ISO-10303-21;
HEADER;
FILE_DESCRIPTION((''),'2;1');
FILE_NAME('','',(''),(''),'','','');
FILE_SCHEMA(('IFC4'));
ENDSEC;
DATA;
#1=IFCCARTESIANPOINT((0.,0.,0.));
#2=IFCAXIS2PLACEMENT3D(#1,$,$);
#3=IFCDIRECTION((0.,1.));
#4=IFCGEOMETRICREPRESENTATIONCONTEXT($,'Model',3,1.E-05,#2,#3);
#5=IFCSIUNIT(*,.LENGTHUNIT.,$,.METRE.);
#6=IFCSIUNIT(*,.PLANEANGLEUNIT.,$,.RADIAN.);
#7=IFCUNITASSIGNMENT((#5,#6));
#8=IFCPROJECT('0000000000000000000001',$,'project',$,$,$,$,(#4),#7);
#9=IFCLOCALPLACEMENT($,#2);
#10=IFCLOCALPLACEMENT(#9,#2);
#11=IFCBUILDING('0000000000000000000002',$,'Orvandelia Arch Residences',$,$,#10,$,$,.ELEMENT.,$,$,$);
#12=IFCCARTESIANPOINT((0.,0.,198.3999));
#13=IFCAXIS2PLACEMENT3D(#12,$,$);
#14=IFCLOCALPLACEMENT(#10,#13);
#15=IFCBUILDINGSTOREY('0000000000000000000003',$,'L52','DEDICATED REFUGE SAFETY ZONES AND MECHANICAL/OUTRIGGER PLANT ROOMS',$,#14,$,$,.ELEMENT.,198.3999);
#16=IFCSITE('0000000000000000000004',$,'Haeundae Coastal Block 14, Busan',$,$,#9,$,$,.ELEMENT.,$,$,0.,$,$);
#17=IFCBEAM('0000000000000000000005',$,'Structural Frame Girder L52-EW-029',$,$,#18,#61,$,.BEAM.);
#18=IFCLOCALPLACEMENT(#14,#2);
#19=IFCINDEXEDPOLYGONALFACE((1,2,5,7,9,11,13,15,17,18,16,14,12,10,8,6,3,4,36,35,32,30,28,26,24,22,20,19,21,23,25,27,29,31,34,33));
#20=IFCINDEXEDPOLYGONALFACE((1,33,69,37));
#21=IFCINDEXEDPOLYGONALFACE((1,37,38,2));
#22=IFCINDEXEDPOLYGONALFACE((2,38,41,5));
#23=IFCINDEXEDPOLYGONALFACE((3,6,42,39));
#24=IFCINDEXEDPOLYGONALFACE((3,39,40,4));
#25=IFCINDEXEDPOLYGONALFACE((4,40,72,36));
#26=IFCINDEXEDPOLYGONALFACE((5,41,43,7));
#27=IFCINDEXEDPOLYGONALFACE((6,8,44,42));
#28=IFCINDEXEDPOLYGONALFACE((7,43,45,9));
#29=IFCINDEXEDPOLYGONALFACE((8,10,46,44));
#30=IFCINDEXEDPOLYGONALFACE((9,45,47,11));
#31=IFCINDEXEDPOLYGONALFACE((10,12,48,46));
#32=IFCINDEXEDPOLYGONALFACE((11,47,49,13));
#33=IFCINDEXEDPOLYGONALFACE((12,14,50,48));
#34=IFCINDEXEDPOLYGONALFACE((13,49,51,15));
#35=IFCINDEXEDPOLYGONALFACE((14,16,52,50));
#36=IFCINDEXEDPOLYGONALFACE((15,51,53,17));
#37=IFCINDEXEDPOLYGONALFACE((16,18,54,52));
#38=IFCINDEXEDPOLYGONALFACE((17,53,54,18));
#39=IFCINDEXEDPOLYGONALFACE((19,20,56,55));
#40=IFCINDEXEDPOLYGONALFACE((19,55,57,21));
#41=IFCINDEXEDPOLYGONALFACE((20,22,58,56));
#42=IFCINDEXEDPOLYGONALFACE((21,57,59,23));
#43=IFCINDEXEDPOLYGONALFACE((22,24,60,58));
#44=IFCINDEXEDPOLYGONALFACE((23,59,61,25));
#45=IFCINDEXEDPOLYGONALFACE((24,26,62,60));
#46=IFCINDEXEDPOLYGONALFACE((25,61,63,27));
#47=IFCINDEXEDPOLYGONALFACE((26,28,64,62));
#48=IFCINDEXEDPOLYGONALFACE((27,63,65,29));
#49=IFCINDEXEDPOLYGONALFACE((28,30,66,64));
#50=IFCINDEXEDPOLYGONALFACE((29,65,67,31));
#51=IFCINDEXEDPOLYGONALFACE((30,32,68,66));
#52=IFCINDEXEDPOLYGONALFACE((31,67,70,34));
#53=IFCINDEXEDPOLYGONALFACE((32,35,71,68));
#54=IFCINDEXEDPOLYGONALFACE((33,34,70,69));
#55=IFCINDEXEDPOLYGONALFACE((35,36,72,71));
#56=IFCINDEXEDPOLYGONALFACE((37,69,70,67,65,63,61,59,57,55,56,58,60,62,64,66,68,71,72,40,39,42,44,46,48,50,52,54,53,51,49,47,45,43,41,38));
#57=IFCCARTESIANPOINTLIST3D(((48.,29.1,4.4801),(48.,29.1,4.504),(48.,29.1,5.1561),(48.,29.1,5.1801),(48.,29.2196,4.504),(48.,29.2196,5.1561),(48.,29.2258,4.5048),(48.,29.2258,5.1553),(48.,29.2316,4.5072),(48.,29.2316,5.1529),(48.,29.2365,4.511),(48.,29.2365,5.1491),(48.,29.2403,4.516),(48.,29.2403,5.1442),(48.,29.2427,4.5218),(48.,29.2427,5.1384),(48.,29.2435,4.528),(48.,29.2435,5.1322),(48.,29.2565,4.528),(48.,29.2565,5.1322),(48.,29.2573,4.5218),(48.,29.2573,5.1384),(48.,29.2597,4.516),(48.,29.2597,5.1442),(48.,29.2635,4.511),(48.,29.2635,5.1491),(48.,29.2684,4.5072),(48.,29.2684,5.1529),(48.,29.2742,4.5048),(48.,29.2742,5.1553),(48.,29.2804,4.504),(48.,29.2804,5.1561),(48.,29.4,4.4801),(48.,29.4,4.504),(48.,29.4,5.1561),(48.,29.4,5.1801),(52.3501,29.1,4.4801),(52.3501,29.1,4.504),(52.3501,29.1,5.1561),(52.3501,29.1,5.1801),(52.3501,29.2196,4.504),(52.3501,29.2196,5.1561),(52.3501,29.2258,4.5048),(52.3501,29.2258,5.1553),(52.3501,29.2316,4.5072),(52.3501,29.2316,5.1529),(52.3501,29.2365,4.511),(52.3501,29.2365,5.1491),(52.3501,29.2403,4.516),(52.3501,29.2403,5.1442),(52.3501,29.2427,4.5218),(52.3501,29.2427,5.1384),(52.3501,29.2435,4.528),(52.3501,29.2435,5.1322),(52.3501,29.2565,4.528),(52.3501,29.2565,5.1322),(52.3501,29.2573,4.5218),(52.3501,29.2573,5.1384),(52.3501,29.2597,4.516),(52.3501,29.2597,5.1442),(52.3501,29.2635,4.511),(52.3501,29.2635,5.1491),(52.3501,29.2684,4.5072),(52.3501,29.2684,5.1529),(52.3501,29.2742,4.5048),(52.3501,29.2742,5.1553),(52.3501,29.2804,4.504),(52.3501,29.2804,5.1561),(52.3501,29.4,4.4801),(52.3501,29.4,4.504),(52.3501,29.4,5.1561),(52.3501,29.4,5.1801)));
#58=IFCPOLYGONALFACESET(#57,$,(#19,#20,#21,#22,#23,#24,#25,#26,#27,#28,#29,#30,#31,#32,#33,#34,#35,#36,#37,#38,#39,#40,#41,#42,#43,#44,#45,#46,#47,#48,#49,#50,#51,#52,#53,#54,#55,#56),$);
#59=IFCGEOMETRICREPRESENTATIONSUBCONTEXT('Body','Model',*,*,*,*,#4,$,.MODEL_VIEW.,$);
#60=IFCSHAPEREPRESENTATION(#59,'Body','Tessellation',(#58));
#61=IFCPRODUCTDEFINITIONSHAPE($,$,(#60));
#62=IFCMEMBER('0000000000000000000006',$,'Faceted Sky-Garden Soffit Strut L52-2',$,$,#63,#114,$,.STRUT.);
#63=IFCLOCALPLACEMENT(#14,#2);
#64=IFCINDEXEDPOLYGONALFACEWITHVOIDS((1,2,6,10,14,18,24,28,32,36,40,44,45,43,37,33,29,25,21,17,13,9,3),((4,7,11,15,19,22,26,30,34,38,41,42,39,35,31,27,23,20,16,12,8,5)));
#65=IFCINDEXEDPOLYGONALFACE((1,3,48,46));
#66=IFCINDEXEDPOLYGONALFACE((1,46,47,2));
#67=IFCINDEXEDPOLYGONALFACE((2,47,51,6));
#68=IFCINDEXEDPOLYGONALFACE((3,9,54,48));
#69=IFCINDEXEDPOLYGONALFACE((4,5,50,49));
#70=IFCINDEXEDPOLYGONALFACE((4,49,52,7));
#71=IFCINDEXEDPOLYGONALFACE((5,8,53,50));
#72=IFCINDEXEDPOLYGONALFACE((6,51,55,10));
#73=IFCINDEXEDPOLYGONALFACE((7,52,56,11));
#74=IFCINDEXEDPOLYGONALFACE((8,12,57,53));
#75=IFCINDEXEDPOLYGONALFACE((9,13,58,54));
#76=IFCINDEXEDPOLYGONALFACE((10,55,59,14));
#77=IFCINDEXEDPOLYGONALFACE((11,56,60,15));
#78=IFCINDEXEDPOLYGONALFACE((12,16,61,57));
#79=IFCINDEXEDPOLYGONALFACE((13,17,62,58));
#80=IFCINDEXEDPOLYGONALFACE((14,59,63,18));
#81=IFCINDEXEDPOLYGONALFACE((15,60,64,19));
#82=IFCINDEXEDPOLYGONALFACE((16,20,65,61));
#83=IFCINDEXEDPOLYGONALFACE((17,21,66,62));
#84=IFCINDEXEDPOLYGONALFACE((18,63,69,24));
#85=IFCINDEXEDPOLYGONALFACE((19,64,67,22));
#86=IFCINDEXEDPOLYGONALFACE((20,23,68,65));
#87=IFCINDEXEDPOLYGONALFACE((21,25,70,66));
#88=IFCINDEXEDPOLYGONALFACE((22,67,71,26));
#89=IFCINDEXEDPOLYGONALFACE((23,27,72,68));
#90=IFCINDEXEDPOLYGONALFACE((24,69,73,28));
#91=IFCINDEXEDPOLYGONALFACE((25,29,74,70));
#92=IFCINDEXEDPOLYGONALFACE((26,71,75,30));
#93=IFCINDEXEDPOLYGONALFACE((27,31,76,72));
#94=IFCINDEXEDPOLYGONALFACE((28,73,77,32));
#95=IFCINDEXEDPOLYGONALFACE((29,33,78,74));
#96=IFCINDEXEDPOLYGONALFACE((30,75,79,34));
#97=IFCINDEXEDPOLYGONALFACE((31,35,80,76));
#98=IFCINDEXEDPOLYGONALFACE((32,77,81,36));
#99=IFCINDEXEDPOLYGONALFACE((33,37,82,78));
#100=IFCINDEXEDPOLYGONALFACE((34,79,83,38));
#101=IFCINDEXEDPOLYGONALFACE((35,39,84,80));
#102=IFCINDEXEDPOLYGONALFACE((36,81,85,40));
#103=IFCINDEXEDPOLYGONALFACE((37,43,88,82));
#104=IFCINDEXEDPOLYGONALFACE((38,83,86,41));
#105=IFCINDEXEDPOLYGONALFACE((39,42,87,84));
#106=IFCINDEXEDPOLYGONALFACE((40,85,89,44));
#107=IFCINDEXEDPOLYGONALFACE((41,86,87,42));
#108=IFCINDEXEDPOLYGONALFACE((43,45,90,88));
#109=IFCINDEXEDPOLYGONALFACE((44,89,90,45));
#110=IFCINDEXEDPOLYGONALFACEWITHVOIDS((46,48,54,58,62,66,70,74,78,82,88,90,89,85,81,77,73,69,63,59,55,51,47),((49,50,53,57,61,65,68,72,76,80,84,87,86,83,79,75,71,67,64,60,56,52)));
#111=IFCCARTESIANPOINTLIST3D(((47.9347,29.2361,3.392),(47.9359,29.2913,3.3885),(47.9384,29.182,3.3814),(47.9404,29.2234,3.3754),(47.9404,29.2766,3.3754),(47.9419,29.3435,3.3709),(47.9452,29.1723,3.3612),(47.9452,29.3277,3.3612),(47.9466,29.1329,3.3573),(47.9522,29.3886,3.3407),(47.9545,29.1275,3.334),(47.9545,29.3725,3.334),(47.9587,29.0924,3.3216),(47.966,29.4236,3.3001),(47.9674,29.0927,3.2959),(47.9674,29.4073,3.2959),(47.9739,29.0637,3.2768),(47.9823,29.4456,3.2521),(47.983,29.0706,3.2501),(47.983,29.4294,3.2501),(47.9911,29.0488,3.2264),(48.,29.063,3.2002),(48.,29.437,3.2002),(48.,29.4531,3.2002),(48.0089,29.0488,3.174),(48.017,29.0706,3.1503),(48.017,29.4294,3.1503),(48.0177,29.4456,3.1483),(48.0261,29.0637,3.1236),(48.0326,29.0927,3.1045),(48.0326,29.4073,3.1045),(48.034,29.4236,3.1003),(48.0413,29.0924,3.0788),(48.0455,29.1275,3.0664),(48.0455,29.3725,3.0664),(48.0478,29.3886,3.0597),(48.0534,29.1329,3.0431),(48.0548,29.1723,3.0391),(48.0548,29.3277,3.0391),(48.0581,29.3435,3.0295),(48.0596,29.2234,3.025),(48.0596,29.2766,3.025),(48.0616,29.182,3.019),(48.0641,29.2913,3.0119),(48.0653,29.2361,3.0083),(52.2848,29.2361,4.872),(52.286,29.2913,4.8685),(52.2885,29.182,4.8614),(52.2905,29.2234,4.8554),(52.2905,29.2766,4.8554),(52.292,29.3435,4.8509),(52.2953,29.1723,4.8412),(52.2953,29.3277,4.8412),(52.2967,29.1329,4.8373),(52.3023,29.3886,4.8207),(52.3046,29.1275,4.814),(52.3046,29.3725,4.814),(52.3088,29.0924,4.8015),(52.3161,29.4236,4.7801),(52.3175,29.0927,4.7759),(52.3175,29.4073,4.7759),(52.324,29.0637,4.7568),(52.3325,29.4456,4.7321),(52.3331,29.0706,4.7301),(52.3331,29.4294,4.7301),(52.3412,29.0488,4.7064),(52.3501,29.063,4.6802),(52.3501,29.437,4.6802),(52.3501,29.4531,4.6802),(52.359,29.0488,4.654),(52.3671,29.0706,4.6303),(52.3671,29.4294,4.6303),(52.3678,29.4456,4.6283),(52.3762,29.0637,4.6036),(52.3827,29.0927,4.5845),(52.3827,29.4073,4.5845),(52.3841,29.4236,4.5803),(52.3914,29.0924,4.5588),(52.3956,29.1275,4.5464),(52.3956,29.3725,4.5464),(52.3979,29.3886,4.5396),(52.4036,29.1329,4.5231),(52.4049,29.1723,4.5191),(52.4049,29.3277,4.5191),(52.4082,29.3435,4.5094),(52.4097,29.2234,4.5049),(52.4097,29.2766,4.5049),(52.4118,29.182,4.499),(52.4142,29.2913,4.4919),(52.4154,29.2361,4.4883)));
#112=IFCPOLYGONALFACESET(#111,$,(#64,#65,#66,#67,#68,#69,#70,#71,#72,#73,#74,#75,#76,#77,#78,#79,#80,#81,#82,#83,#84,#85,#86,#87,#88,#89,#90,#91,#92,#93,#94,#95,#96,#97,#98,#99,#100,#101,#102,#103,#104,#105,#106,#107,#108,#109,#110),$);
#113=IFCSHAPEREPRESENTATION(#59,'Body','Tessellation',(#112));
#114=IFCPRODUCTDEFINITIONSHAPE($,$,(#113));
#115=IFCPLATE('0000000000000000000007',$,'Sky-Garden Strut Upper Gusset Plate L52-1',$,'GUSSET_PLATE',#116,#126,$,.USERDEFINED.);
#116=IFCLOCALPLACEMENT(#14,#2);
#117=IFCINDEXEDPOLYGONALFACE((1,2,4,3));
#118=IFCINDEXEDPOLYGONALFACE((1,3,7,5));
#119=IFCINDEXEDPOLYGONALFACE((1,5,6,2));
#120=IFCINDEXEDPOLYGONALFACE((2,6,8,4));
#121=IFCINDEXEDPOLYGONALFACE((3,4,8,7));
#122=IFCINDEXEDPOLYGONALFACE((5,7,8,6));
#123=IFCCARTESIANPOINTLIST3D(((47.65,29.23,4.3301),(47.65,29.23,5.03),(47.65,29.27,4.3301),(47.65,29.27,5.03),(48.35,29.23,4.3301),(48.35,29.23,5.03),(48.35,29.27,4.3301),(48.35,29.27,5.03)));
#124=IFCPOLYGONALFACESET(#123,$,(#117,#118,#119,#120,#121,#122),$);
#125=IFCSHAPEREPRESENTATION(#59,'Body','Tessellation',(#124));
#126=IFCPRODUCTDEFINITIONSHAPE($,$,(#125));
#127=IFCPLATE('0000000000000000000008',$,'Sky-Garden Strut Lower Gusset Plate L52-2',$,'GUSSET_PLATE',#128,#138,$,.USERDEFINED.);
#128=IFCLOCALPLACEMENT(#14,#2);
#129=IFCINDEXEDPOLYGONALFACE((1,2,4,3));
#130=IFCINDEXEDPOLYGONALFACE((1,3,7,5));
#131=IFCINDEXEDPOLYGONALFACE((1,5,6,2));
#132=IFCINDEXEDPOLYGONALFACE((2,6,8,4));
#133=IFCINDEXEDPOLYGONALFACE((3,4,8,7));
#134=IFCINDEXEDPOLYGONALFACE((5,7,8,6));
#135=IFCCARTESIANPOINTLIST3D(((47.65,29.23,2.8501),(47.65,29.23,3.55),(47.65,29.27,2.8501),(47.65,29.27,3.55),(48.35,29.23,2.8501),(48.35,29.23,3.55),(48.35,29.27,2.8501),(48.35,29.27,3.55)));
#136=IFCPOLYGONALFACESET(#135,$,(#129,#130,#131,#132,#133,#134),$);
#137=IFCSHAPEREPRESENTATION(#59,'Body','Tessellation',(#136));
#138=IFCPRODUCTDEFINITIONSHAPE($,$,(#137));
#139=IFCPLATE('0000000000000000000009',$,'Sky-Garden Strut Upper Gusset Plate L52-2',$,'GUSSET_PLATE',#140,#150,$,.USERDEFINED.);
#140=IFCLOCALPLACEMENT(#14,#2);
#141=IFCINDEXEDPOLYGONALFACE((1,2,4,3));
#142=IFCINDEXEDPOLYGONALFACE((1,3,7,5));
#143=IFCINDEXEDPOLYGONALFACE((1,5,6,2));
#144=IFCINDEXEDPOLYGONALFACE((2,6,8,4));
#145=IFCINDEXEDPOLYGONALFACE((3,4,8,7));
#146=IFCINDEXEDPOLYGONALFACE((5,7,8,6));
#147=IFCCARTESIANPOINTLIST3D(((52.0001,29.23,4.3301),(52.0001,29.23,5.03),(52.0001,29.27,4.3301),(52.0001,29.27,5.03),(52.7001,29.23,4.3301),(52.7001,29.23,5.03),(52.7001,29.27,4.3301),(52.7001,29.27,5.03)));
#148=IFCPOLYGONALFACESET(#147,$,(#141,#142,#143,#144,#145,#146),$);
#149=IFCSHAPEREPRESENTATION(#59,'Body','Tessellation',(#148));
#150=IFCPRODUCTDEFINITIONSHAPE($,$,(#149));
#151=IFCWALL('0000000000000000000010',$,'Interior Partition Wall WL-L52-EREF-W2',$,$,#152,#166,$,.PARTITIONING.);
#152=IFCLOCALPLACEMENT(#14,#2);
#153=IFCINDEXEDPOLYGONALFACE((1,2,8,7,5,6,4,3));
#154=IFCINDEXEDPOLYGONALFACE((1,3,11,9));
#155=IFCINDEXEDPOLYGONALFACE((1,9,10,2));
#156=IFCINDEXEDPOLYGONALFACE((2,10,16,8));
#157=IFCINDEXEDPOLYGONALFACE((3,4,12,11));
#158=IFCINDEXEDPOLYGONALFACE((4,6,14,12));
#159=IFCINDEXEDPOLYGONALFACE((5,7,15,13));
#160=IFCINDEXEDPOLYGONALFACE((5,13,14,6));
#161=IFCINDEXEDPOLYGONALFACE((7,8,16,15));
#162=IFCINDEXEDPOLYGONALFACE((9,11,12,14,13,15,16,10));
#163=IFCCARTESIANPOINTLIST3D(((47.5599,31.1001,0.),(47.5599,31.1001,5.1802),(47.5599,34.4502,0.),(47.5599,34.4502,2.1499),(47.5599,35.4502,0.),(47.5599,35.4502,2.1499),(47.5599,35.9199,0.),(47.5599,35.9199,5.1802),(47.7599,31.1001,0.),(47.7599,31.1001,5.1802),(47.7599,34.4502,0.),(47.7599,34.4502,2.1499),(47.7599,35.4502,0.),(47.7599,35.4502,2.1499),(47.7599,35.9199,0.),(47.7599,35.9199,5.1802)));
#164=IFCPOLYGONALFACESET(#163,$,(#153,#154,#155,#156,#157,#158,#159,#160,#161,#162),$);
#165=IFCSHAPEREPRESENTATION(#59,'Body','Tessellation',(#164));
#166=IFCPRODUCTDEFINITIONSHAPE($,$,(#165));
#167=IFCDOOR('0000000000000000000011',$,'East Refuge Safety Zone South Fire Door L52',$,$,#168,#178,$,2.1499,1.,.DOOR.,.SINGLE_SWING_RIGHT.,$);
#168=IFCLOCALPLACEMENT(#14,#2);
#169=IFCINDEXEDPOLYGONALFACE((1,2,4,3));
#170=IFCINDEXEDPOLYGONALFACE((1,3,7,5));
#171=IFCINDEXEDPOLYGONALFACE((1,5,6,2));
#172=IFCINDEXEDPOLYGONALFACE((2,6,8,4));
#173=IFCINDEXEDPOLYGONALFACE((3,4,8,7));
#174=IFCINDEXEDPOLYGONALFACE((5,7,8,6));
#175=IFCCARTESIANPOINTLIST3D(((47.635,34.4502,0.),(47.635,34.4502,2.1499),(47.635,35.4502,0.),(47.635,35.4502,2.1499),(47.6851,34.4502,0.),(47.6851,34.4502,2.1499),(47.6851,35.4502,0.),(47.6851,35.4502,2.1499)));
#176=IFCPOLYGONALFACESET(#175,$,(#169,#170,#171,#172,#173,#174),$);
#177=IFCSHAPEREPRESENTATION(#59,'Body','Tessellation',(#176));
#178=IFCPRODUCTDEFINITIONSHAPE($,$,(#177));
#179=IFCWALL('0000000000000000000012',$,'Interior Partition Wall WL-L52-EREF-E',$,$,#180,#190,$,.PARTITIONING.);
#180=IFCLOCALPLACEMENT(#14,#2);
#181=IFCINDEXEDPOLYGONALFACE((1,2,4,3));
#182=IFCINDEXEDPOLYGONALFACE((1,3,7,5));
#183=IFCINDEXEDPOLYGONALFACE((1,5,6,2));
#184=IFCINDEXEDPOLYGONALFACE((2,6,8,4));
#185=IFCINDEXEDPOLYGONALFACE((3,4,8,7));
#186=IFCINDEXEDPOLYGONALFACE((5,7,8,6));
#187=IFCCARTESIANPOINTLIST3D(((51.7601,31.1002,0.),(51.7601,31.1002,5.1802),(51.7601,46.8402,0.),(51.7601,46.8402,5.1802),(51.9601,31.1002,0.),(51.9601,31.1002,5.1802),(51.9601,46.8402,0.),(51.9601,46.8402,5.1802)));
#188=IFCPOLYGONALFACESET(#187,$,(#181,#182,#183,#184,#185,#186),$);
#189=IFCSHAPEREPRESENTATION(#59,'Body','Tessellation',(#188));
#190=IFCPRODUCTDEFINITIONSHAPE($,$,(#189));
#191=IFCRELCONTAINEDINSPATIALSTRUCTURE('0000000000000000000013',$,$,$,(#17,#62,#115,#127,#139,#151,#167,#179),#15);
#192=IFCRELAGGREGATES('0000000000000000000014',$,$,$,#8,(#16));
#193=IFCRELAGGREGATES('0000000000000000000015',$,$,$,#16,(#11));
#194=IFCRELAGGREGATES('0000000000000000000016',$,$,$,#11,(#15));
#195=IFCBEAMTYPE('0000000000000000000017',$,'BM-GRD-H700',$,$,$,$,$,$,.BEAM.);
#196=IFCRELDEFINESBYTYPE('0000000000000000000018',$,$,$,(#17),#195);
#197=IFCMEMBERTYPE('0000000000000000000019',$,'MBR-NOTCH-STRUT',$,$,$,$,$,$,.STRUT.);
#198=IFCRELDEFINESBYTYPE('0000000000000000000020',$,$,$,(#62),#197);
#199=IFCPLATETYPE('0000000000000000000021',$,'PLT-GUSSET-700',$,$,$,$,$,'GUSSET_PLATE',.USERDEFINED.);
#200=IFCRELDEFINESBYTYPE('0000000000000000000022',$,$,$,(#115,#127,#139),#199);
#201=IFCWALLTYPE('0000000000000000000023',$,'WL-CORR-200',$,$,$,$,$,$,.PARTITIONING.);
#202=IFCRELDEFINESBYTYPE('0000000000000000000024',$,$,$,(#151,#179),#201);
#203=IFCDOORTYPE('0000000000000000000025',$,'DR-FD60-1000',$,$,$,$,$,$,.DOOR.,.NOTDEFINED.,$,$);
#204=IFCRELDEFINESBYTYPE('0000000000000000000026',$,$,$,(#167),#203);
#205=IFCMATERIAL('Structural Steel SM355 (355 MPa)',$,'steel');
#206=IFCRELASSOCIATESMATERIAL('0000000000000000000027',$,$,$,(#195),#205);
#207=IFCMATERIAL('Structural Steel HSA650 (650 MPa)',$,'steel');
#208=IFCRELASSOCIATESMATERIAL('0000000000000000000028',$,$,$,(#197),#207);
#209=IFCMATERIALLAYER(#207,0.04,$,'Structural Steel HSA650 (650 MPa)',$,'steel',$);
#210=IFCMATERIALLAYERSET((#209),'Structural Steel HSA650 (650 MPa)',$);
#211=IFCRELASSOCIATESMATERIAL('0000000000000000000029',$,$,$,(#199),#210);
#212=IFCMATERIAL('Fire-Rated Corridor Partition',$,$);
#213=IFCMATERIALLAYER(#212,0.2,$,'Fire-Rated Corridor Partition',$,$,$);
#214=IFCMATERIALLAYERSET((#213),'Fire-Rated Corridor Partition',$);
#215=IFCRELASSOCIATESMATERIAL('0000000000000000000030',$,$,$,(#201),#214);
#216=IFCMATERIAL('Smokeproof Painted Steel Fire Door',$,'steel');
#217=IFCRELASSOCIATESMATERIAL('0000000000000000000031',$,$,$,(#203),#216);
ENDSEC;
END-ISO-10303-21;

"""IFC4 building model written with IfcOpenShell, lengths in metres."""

from ifc_helpers import new_model, si_unit, direction, frame, frame_2d, origin, origin_2d, place, context, subcontext, project, spatial, rectangle, hollow_circle, i_section, extrude, material, layer, layer_set, material_profile, profile_set, type_object, element, fill, save


model = new_model("IFC4")

# Units and contexts
model_context = context("Model", 3, precision=1e-05, world=origin(), true_north=direction((0.0, 1.0)))
body_context = subcontext(model_context, "Body", "Model", "MODEL_VIEW")
ifc_project = project(units=[si_unit("LENGTHUNIT", "METRE"), si_unit("PLANEANGLEUNIT", "RADIAN")], contexts=[model_context])

# Site, building, storey
site_placement = place(None, origin())
site = spatial("IfcSite", under=ifc_project, at=site_placement, Name="Haeundae Coastal Block 14, Busan", CompositionType="ELEMENT", RefElevation=0.0)
building_placement = place(site_placement, origin())
building = spatial("IfcBuilding", under=site, at=building_placement, Name="Orvandelia Arch Residences", CompositionType="ELEMENT")
storey_placement = place(building_placement, frame((0.0, 0.0, 198.3999)))
storey = spatial("IfcBuildingStorey", under=building, at=storey_placement, Name="L52", Description="DEDICATED REFUGE SAFETY ZONES AND MECHANICAL/OUTRIGGER PLANT ROOMS", CompositionType="ELEMENT", Elevation=198.3999)

# Beam
ifc_material_1 = material(Name="Structural Steel SM355 (355 MPa)", Category="steel")
ifc_material_profile_1 = material_profile(ifc_material_1, i_section(OverallWidth=0.3, OverallDepth=0.7, WebThickness=0.0129, FlangeThickness=0.0239, FilletRadius=0.0239, at=origin_2d()), Name="Structural Steel SM355 (355 MPa)", Category="steel")
ifc_profile_set_1 = profile_set([ifc_material_profile_1], Name="Structural Steel SM355 (355 MPa)")
beam_type = type_object("IfcBeamType", Name="BM-GRD-H700", PredefinedType="BEAM", material=ifc_profile_set_1)
beam_1_placement = place(storey_placement, frame((48.0, 29.25, 4.8301), z_axis=(1.0, 0.0, 0.0), x_axis=(0.0, 1.0, 0.0)))
element("IfcBeam", 1, at=beam_1_placement, inside=storey, type_object=beam_type, Name="Structural Frame Girder L52-EW-029", PredefinedType="BEAM", context=body_context, shape_type="SweptSolid", body=[
    extrude(i_section(OverallWidth=0.3, OverallDepth=0.7, WebThickness=0.0129, FlangeThickness=0.0239, FilletRadius=0.0239, at=origin_2d()), origin(), (0.0, 0.0, 1.0), 4.3501),
])

# Member
ifc_material_2 = material(Name="Structural Steel HSA650 (650 MPa)", Category="steel")
ifc_material_profile_2 = material_profile(ifc_material_2, hollow_circle(Radius=0.2031, WallThickness=0.0161, at=origin_2d()), Name="Structural Steel HSA650 (650 MPa)", Category="steel")
ifc_profile_set_2 = profile_set([ifc_material_profile_2], Name="Structural Steel HSA650 (650 MPa)")
member_type = type_object("IfcMemberType", Name="MBR-NOTCH-STRUT", PredefinedType="STRUT", material=ifc_profile_set_2)
member_placement = place(storey_placement, frame((48.0, 29.25, 3.2002), z_axis=(0.94671, 0.0, 0.322088), x_axis=(0.0, 1.0, 0.0)))
element("IfcMember", 2, at=member_placement, inside=storey, type_object=member_type, Name="Faceted Sky-Garden Soffit Strut L52-2", PredefinedType="STRUT", context=body_context, shape_type="SweptSolid", body=[
    extrude(hollow_circle(Radius=0.2031, WallThickness=0.0161, at=origin_2d()), origin(), (0.0, 0.0, 1.0), 4.595),
])

# Plates
ifc_layer_1 = layer(ifc_material_2, 0.04, Name="Structural Steel HSA650 (650 MPa)", Category="steel")
ifc_layer_set_1 = layer_set([ifc_layer_1], Name="Structural Steel HSA650 (650 MPa)")
plate_type = type_object("IfcPlateType", Name="PLT-GUSSET-700", ElementType="GUSSET_PLATE", PredefinedType="USERDEFINED", material=ifc_layer_set_1)
for number, where, z_axis, x_axis, name in (
    (3, (48.0, 29.25, 4.3301), (0.0, 0.0, 1.0), (1.0, 0.0, 0.0), "Sky-Garden Strut Upper Gusset Plate L52-1"),
    (4, (48.0, 29.25, 2.8501), (0.0, 0.0, 1.0), (1.0, 0.0, 0.0), "Sky-Garden Strut Lower Gusset Plate L52-2"),
    (5, (52.3501, 29.25, 4.3301), (0.0, 0.0, 1.0), (1.0, 0.0, 0.0), "Sky-Garden Strut Upper Gusset Plate L52-2"),
):
    element("IfcPlate", number, at=place(storey_placement, frame(where, z_axis=z_axis, x_axis=x_axis)), inside=storey, type_object=plate_type, Name=name, ObjectType="GUSSET_PLATE", PredefinedType="USERDEFINED", context=body_context, shape_type="SweptSolid", body=[
        extrude(rectangle(XDim=0.7, YDim=0.04, at=origin_2d()), origin(), (0.0, 0.0, 1.0), 0.7),
    ])

# Wall, opening, door
ifc_material_3 = material(Name="Fire-Rated Corridor Partition")
ifc_layer_2 = layer(ifc_material_3, 0.2, Name="Fire-Rated Corridor Partition")
ifc_layer_set_2 = layer_set([ifc_layer_2], Name="Fire-Rated Corridor Partition")
wall_type_1 = type_object("IfcWallType", Name="WL-CORR-200", PredefinedType="PARTITIONING", material=ifc_layer_set_2)
wall_1_placement = place(storey_placement, frame((47.6599, 31.1001, 0.0), z_axis=(0.0, 0.0, 1.0), x_axis=(0.0, 1.0, 0.0)))
wall_1 = element("IfcWall", 6, at=wall_1_placement, inside=storey, type_object=wall_type_1, Name="Interior Partition Wall WL-L52-EREF-W2", PredefinedType="PARTITIONING", context=body_context, shape_type="SweptSolid", body=[
    extrude(rectangle(XDim=4.8198, YDim=0.2, at=frame_2d((2.4099, 0.0))), origin(), (0.0, 0.0, 1.0), 5.1802),
])
opening_placement = place(wall_1_placement, frame((3.3501, 0.0, 0.0)))
opening = element("IfcOpeningElement", 7, at=opening_placement, cuts=wall_1, PredefinedType="OPENING", context=body_context, shape_type="SweptSolid", body=[
    extrude(rectangle(XDim=1.0, YDim=2.1499, at=frame_2d((0.5, 1.075))), frame((0.0, 0.1099, 0.0), z_axis=(0.0, -1.0, 0.0), x_axis=(1.0, 0.0, 0.0)), (0.0, 0.0, 1.0), 0.22),
])
ifc_material_4 = material(Name="Smokeproof Painted Steel Fire Door", Category="steel")
door_type = type_object("IfcDoorType", Name="DR-FD60-1000", OperationType="NOTDEFINED", PredefinedType="DOOR", material=ifc_material_4)
door_placement = place(opening_placement, origin())
door = element("IfcDoor", 8, at=door_placement, inside=storey, type_object=door_type, Name="East Refuge Safety Zone South Fire Door L52", OperationType="SINGLE_SWING_RIGHT", OverallHeight=2.1499, OverallWidth=1.0, PredefinedType="DOOR", context=body_context, shape_type="SweptSolid", body=[
    extrude(rectangle(XDim=1.0, YDim=2.1499, at=frame_2d((0.5, 1.075))), frame((0.0, 0.0249, 0.0), z_axis=(0.0, -1.0, 0.0), x_axis=(1.0, 0.0, 0.0)), (0.0, 0.0, 1.0), 0.05),
])
fill(opening, door)

# Wall
wall_2_placement = place(storey_placement, frame((51.8601, 31.1001, 0.0), z_axis=(0.0, 0.0, 1.0), x_axis=(0.0, 1.0, 0.0)))
element("IfcWall", 9, at=wall_2_placement, inside=storey, type_object=wall_type_1, Name="Interior Partition Wall WL-L52-EREF-E", PredefinedType="PARTITIONING", context=body_context, shape_type="SweptSolid", body=[
    extrude(rectangle(XDim=15.74, YDim=0.2, at=frame_2d((7.8701, 0.0))), origin(), (0.0, 0.0, 1.0), 5.1802),
])

save(model, "model.ifc")
